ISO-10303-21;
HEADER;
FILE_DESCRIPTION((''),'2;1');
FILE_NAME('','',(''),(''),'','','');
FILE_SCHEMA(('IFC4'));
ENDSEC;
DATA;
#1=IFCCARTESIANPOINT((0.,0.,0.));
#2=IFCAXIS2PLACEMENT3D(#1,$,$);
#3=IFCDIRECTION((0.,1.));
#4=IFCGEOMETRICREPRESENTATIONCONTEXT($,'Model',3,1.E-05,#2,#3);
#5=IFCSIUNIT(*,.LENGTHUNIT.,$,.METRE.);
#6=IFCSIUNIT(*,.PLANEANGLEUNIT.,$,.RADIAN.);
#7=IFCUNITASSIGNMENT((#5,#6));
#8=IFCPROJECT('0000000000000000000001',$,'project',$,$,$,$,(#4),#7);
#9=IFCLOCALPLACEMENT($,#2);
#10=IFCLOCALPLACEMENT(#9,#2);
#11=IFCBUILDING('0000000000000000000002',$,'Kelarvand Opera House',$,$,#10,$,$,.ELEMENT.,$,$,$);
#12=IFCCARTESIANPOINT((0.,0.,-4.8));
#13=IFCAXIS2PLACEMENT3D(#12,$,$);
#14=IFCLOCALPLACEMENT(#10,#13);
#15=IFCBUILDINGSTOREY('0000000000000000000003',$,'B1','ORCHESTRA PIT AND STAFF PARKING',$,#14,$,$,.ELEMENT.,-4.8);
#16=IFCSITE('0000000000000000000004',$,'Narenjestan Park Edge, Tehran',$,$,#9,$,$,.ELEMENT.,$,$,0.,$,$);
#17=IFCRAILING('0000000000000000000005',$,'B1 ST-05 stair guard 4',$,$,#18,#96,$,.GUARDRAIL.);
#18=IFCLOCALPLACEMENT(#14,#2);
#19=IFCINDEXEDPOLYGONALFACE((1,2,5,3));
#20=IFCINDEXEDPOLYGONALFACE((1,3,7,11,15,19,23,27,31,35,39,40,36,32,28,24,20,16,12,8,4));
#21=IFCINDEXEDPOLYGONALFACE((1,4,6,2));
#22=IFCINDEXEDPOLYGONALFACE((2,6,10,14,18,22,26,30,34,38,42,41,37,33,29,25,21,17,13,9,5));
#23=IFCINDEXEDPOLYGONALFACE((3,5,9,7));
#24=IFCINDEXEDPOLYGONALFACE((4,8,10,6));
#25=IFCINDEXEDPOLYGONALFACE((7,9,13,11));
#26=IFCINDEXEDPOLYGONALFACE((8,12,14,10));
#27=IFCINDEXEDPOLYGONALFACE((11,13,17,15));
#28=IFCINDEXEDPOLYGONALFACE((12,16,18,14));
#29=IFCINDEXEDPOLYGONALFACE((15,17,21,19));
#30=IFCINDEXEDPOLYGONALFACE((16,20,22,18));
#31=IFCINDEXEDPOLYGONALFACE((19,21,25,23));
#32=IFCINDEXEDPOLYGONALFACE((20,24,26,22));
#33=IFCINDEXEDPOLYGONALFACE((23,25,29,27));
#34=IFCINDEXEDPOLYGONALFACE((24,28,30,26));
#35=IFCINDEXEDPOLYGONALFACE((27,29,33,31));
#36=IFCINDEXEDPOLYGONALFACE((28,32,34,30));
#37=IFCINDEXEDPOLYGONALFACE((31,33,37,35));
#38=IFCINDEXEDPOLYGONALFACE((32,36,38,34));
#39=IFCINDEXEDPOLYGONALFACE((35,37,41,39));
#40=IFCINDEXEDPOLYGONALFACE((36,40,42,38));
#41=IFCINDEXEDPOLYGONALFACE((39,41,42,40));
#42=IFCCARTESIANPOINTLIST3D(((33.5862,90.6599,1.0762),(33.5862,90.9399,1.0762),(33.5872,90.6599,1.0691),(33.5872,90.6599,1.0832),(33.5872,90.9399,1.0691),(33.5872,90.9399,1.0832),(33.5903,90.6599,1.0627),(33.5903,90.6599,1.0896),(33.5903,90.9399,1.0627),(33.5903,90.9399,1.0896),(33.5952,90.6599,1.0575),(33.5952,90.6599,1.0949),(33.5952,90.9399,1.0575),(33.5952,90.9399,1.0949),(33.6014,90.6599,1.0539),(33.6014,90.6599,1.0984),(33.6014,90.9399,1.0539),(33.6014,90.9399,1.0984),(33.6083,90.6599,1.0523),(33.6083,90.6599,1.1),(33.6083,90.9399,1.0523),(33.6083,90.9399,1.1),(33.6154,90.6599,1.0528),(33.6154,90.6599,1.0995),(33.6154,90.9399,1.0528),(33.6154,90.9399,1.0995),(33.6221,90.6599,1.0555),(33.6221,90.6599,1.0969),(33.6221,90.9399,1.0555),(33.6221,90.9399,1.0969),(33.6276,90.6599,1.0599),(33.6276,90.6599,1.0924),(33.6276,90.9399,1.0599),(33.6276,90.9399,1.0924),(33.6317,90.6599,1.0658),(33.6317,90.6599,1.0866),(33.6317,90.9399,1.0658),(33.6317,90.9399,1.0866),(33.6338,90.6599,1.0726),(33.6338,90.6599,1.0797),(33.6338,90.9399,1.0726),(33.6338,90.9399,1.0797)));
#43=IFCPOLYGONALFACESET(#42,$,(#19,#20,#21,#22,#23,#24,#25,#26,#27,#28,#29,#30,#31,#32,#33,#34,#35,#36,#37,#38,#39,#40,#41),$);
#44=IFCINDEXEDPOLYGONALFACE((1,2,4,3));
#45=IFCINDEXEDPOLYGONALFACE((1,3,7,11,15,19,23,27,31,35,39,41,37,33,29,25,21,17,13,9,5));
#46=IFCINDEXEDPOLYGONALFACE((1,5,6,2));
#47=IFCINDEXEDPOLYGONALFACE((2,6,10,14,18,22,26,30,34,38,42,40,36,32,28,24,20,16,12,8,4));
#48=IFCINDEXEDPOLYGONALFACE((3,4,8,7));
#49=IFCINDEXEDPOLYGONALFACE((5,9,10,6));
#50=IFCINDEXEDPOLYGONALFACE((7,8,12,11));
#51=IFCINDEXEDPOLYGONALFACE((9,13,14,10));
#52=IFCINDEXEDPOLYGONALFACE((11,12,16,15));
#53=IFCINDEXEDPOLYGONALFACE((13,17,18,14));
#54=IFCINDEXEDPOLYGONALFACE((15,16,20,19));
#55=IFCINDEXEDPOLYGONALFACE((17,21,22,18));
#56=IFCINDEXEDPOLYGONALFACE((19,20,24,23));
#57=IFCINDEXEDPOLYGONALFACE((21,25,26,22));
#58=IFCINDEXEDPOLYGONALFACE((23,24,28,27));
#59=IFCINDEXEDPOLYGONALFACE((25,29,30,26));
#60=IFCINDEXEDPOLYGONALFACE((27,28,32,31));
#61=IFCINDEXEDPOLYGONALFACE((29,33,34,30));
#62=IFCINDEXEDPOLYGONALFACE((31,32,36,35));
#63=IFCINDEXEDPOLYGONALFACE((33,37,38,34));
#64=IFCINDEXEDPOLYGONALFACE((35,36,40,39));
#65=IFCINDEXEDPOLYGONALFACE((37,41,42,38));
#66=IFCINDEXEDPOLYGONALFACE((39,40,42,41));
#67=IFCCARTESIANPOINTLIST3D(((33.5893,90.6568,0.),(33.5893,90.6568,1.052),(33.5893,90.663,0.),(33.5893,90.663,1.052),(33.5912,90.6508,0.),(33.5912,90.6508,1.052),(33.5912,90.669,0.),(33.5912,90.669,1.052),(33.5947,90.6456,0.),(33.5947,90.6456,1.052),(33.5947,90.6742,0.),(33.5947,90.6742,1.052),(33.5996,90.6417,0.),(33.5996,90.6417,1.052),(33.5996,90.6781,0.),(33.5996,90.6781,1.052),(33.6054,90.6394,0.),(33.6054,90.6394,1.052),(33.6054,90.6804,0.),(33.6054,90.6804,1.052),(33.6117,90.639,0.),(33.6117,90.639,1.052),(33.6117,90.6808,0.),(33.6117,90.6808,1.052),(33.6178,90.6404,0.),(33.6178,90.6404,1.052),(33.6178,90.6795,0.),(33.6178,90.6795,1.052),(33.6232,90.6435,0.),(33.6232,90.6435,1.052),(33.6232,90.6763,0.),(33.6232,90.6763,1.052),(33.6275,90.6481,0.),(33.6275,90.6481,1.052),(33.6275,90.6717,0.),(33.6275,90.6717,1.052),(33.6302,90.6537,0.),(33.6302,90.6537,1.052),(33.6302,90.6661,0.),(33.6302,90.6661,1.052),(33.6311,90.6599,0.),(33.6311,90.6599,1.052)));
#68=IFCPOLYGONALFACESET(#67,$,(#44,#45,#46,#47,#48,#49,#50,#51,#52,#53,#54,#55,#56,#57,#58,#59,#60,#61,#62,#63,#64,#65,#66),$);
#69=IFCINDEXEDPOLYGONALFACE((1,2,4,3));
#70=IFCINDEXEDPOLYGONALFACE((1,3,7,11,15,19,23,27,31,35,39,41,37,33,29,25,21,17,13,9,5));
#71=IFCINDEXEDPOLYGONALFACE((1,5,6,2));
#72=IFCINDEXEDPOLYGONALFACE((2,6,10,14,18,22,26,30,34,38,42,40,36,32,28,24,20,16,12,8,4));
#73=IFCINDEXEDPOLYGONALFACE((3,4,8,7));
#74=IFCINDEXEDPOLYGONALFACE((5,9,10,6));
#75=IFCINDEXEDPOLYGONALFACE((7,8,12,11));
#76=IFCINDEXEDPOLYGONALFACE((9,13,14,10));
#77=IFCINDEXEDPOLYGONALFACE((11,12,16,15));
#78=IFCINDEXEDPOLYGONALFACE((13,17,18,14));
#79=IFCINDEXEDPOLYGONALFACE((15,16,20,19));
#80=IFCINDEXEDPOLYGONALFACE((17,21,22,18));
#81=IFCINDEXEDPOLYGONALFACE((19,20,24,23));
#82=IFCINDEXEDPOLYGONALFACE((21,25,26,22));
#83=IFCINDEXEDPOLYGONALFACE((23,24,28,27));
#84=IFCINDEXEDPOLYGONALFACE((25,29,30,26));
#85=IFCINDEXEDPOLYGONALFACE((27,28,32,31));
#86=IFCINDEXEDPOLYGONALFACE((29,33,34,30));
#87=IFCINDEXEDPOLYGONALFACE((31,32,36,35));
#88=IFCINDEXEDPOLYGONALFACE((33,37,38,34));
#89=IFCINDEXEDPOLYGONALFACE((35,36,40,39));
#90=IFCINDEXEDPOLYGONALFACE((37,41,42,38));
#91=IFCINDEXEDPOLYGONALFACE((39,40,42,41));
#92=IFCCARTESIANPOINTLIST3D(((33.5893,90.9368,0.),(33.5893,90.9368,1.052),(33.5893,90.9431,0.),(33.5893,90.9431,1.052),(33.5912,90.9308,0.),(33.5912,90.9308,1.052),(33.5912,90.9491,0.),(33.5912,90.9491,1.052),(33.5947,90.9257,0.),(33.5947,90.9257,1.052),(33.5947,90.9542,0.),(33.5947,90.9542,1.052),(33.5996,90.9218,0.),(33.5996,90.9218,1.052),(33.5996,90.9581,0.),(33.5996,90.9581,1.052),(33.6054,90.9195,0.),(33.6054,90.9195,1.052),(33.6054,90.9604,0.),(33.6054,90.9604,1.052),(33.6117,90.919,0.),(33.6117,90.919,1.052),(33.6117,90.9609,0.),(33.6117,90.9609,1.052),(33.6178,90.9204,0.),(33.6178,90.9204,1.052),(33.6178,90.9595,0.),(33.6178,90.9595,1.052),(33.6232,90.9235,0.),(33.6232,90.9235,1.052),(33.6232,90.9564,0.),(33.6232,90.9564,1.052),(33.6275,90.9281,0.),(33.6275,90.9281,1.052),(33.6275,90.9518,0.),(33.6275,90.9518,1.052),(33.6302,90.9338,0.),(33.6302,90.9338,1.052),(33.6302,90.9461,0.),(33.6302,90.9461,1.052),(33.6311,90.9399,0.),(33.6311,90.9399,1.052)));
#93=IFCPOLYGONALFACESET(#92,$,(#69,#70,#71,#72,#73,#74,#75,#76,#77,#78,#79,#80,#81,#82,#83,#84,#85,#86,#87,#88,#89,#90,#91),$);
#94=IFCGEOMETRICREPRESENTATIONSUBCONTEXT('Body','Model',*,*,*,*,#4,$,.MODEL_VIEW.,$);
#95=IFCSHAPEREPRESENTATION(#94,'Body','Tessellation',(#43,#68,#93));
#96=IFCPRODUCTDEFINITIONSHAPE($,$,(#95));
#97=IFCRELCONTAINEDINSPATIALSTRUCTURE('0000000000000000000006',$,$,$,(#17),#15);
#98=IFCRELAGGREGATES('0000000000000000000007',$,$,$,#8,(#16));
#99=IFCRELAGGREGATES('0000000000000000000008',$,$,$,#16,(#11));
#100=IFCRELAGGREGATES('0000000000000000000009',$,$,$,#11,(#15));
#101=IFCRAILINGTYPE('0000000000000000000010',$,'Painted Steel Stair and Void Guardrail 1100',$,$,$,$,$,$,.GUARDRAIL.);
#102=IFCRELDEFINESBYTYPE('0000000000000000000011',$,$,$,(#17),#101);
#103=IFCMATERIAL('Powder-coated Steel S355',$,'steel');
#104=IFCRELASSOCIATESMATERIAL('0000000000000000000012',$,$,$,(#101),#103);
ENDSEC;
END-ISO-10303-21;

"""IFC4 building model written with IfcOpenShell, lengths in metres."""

from ifc_helpers import new_model, si_unit, direction, frame, origin, origin_2d, place, context, subcontext, project, spatial, circle, extrude, material, type_object, element, save


model = new_model("IFC4")

# Units and contexts
model_context = context("Model", 3, precision=1e-05, world=origin(), true_north=direction((0.0, 1.0)))
body_context = subcontext(model_context, "Body", "Model", "MODEL_VIEW")
ifc_project = project(units=[si_unit("LENGTHUNIT", "METRE"), si_unit("PLANEANGLEUNIT", "RADIAN")], contexts=[model_context])

# Site, building, storey
site_placement = place(None, origin())
site = spatial("IfcSite", under=ifc_project, at=site_placement, Name="Narenjestan Park Edge, Tehran", CompositionType="ELEMENT", RefElevation=0.0)
building_placement = place(site_placement, origin())
building = spatial("IfcBuilding", under=site, at=building_placement, Name="Kelarvand Opera House", CompositionType="ELEMENT")
storey_placement = place(building_placement, frame((0.0, 0.0, -4.8)))
storey = spatial("IfcBuildingStorey", under=building, at=storey_placement, Name="B1", Description="ORCHESTRA PIT AND STAFF PARKING", CompositionType="ELEMENT", Elevation=-4.8)

# Railing
ifc_material_1 = material(Name="Powder-coated Steel S355", Category="steel")
railing_type_1 = type_object("IfcRailingType", Name="Painted Steel Stair and Void Guardrail 1100", PredefinedType="GUARDRAIL", material=ifc_material_1)
railing_1_placement = place(storey_placement, frame((33.6101, 90.6599, 0.0)))
element("IfcRailing", 1, at=railing_1_placement, inside=storey, type_object=railing_type_1, Name="B1 ST-05 stair guard 4", PredefinedType="GUARDRAIL", context=body_context, shape_type="SweptSolid", body=[
    extrude(circle(Radius=0.0239, at=origin_2d()), frame((0.0, 0.0, 1.0762), z_axis=(0.0, 1.0, 0.0), x_axis=(-1.0, 0.0, 0.0)), (0.0, 0.0, 1.0), 0.28),
    extrude(circle(Radius=0.021, at=origin_2d()), origin(), (0.0, 0.0, 1.0), 1.052),
    extrude(circle(Radius=0.021, at=origin_2d()), frame((0.0, 0.28, 0.0)), (0.0, 0.0, 1.0), 1.052),
])

save(model, "model.ifc")
